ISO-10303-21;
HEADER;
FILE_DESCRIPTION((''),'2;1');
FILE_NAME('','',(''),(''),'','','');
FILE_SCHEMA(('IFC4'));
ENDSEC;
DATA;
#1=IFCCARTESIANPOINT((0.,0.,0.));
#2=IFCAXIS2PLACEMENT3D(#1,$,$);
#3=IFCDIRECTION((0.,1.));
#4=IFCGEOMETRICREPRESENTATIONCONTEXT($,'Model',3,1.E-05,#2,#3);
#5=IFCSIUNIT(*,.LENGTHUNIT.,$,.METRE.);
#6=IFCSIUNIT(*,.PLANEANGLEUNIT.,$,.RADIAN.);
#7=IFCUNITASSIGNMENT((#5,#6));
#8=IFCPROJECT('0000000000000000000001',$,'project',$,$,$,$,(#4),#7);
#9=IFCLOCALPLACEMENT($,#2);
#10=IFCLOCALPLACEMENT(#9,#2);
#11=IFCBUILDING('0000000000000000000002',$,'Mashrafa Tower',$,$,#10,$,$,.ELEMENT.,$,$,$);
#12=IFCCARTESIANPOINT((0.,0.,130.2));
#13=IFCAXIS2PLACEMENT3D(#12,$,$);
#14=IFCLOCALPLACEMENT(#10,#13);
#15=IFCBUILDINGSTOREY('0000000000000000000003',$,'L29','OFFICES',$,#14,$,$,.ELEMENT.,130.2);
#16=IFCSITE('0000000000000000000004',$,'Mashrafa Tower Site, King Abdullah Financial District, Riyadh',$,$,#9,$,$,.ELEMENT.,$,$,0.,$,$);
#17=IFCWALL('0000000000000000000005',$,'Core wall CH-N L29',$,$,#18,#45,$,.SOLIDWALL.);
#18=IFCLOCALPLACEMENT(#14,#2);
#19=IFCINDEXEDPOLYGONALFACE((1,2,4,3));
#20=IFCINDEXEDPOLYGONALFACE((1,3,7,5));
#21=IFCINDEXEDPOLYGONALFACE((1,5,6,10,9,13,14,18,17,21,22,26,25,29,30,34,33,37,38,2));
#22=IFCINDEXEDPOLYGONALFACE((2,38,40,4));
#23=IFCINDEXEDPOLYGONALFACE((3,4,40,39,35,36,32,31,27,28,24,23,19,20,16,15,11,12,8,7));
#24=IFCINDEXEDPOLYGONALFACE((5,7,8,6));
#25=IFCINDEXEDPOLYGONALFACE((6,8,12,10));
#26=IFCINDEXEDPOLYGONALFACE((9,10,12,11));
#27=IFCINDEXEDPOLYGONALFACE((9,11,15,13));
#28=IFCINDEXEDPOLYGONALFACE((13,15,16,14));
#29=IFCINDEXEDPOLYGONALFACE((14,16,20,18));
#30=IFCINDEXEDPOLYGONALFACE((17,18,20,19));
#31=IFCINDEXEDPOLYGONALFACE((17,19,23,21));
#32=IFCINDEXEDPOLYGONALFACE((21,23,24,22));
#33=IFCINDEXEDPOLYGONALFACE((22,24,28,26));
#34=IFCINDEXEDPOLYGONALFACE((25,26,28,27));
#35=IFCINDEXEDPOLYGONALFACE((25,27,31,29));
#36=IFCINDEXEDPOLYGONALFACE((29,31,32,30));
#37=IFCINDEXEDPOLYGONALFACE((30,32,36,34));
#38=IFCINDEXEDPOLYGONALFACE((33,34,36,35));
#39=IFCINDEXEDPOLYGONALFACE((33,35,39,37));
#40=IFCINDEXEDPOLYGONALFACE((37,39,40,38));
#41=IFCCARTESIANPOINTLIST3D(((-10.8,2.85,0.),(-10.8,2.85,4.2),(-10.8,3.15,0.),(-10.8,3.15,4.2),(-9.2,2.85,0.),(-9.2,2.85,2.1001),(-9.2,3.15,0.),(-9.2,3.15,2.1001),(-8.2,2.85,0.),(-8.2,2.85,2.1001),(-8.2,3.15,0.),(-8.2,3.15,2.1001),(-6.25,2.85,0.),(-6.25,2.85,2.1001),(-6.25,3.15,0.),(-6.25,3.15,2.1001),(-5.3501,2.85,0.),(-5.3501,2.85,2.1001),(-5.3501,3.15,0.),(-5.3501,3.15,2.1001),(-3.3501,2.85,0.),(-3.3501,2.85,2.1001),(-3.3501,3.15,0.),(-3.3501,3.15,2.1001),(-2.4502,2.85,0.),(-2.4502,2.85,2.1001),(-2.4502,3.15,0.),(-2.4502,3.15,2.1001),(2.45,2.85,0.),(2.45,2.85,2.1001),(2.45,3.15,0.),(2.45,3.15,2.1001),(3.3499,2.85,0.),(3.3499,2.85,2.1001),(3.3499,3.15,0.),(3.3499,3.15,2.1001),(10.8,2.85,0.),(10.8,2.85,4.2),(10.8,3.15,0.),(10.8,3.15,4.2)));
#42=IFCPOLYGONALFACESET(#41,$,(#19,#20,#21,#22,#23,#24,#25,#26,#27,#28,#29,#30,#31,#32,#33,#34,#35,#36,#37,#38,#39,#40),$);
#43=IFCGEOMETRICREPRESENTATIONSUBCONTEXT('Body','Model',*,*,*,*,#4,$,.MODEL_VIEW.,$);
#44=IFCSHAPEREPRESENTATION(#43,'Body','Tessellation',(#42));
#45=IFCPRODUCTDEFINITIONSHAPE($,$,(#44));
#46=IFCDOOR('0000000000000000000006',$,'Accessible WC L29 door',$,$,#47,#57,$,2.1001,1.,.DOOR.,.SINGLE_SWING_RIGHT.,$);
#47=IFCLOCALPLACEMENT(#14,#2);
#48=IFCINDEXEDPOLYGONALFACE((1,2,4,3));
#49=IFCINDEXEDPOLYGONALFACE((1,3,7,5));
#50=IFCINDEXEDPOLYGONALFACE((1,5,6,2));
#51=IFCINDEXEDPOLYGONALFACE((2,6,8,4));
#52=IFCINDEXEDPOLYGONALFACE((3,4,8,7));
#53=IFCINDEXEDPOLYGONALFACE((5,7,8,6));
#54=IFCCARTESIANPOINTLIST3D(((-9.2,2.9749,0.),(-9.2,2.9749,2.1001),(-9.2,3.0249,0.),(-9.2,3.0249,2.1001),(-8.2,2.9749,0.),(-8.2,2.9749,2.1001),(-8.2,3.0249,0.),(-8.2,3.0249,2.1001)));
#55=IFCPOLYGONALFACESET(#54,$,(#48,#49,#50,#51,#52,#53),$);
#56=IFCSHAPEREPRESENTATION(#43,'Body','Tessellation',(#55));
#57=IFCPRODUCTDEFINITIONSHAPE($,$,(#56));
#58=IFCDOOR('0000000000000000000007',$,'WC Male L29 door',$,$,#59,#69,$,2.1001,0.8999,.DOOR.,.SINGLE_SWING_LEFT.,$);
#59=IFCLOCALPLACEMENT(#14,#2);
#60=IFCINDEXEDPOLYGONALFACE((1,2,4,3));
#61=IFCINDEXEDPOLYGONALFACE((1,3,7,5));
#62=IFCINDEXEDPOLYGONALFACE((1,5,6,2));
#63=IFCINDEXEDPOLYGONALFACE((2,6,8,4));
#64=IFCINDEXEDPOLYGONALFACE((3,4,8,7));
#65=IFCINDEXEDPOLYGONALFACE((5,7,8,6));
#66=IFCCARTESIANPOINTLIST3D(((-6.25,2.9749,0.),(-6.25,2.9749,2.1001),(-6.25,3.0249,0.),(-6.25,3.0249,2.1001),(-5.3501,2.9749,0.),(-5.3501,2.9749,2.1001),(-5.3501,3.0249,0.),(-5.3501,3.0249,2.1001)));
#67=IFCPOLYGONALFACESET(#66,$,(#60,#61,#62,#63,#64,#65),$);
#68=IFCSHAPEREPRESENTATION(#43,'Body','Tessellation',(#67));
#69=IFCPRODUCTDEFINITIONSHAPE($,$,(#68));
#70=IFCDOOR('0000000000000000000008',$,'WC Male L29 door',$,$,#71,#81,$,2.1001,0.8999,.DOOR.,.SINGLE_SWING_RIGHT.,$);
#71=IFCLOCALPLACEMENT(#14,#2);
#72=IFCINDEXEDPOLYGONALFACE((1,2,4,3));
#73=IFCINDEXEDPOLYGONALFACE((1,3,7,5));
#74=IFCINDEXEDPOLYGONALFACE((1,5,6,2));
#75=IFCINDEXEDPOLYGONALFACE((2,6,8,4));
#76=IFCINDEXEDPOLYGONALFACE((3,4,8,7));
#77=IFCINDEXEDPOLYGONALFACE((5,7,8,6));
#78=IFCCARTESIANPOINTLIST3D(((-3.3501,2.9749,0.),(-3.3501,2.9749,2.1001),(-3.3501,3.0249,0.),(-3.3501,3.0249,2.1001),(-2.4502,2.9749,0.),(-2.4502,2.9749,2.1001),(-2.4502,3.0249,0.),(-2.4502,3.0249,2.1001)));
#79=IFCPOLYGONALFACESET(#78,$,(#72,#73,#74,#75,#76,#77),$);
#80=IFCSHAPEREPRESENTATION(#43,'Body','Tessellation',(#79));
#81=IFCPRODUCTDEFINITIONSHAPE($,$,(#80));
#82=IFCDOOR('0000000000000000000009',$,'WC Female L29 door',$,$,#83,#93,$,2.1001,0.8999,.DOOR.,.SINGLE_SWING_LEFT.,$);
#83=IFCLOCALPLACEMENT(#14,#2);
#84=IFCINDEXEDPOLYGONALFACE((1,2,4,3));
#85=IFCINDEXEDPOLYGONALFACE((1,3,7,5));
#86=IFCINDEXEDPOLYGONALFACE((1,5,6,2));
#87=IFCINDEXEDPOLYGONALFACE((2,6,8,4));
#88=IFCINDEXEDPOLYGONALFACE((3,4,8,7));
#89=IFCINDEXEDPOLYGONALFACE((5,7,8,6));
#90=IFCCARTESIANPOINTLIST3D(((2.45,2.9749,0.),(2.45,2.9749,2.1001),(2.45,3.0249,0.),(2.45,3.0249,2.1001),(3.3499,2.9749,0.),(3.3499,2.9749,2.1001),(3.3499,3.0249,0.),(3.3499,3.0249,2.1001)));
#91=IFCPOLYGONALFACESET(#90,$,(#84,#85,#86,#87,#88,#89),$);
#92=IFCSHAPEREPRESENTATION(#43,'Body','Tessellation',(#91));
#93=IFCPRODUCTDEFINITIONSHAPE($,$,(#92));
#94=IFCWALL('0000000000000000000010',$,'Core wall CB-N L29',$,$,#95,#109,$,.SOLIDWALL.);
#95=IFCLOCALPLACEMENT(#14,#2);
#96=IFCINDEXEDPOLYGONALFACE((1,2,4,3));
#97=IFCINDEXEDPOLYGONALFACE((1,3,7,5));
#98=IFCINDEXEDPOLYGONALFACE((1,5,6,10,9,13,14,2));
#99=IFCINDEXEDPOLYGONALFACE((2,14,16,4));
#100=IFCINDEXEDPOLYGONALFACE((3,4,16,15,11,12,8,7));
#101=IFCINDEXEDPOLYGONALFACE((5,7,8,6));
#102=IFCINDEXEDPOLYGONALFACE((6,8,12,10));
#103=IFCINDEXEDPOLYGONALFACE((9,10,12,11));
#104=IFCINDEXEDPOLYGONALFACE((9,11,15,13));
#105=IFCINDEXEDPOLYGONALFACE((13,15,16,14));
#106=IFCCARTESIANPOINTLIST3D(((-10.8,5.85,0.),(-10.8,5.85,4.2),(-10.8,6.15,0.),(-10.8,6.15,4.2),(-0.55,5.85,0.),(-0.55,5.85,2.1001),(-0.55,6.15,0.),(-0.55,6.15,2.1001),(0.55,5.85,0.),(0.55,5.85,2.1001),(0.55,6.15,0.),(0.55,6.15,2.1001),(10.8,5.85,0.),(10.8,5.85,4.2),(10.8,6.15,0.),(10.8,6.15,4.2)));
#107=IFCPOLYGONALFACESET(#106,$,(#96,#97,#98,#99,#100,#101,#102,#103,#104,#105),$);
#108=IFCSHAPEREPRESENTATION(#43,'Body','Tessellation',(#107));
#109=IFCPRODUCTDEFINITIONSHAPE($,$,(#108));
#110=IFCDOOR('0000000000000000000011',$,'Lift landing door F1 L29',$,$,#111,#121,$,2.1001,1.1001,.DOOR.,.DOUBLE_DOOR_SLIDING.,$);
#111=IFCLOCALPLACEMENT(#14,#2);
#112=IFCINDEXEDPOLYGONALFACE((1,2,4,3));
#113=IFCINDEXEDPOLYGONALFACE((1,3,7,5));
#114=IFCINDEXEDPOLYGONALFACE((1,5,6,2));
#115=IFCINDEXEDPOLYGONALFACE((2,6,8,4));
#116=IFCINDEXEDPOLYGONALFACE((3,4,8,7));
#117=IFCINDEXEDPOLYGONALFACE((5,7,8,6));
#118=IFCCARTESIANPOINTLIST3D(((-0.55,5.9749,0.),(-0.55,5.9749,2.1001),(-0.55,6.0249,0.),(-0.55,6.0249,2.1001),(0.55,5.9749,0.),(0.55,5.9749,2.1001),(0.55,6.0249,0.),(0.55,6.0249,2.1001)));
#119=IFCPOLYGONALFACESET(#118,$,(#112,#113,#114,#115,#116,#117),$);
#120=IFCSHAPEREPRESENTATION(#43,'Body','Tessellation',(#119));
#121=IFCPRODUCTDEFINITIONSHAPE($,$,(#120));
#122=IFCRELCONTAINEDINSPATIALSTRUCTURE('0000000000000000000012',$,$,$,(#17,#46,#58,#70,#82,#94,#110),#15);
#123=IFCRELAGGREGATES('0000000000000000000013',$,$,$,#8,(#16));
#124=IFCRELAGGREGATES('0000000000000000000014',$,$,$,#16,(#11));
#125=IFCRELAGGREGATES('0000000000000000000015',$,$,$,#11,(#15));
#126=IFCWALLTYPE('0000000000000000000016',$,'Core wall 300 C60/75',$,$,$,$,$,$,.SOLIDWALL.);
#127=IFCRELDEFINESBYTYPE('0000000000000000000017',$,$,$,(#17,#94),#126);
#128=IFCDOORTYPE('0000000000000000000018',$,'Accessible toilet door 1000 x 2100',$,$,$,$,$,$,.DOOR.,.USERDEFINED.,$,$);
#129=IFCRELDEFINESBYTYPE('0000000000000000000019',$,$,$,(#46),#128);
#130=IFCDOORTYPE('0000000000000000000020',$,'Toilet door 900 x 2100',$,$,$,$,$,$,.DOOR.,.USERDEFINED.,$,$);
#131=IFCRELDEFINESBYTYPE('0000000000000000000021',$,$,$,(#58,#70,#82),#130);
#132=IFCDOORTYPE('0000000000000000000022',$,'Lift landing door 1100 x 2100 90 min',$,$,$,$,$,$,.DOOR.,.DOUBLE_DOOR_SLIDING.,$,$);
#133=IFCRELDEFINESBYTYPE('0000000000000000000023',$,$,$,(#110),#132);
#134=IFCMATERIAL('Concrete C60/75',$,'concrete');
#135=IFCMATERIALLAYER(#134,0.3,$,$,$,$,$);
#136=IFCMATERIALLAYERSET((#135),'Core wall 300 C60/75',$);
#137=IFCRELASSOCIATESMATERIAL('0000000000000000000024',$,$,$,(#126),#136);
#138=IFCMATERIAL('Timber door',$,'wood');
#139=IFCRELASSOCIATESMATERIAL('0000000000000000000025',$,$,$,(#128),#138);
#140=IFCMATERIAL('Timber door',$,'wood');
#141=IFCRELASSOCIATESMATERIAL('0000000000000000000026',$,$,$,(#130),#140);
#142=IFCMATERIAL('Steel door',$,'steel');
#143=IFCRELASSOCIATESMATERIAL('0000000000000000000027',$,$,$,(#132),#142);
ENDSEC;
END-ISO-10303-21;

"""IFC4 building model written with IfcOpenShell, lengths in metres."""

from ifc_helpers import new_model, si_unit, direction, frame, frame_2d, origin, place, context, subcontext, project, spatial, rectangle, extrude, material, layer, layer_set, type_object, element, fill, save


model = new_model("IFC4")

# Units and contexts
model_context = context("Model", 3, precision=1e-05, world=origin(), true_north=direction((0.0, 1.0)))
body_context = subcontext(model_context, "Body", "Model", "MODEL_VIEW")
ifc_project = project(units=[si_unit("LENGTHUNIT", "METRE"), si_unit("PLANEANGLEUNIT", "RADIAN")], contexts=[model_context])

# Site, building, storey
site_placement = place(None, origin())
site = spatial("IfcSite", under=ifc_project, at=site_placement, Name="Mashrafa Tower Site, King Abdullah Financial District, Riyadh", CompositionType="ELEMENT", RefElevation=0.0)
building_placement = place(site_placement, origin())
building = spatial("IfcBuilding", under=site, at=building_placement, Name="Mashrafa Tower", CompositionType="ELEMENT")
storey_placement = place(building_placement, frame((0.0, 0.0, 130.2)))
storey = spatial("IfcBuildingStorey", under=building, at=storey_placement, Name="L29", Description="OFFICES", CompositionType="ELEMENT", Elevation=130.2)

# Wall, openings, doors
ifc_material_1 = material(Name="Concrete C60/75", Category="concrete")
ifc_layer_1 = layer(ifc_material_1, 0.3)
ifc_layer_set_1 = layer_set([ifc_layer_1], Name="Core wall 300 C60/75")
wall_type_1 = type_object("IfcWallType", Name="Core wall 300 C60/75", PredefinedType="SOLIDWALL", material=ifc_layer_set_1)
wall_1_placement = place(storey_placement, frame((-10.8, 3.0, 0.0), z_axis=(0.0, 0.0, 1.0), x_axis=(1.0, 0.0, 0.0)))
wall_1 = element("IfcWall", 1, at=wall_1_placement, inside=storey, type_object=wall_type_1, Name="Core wall CH-N L29", PredefinedType="SOLIDWALL", context=body_context, shape_type="SweptSolid", body=[
    extrude(rectangle(XDim=21.6001, YDim=0.3, at=frame_2d((10.8, 0.0))), origin(), (0.0, 0.0, 1.0), 4.2),
])
opening_1_placement = place(wall_1_placement, frame((1.6001, 0.0, 0.0)))
opening_1 = element("IfcOpeningElement", 2, at=opening_1_placement, cuts=wall_1, PredefinedType="OPENING", context=body_context, shape_type="SweptSolid", body=[
    extrude(rectangle(XDim=1.0, YDim=2.1001, at=frame_2d((0.5, 1.05))), frame((0.0, 0.1599, 0.0), z_axis=(0.0, -1.0, 0.0), x_axis=(1.0, 0.0, 0.0)), (0.0, 0.0, 1.0), 0.3201),
])
opening_2_placement = place(wall_1_placement, frame((4.55, 0.0, 0.0)))
opening_2 = element("IfcOpeningElement", 3, at=opening_2_placement, cuts=wall_1, PredefinedType="OPENING", context=body_context, shape_type="SweptSolid", body=[
    extrude(rectangle(XDim=0.8999, YDim=2.1001, at=frame_2d((0.45, 1.05))), frame((0.0, 0.1599, 0.0), z_axis=(0.0, -1.0, 0.0), x_axis=(1.0, 0.0, 0.0)), (0.0, 0.0, 1.0), 0.3201),
])
opening_3_placement = place(wall_1_placement, frame((7.45, 0.0, 0.0)))
opening_3 = element("IfcOpeningElement", 4, at=opening_3_placement, cuts=wall_1, PredefinedType="OPENING", context=body_context, shape_type="SweptSolid", body=[
    extrude(rectangle(XDim=0.8999, YDim=2.1001, at=frame_2d((0.45, 1.05))), frame((0.0, 0.1599, 0.0), z_axis=(0.0, -1.0, 0.0), x_axis=(1.0, 0.0, 0.0)), (0.0, 0.0, 1.0), 0.3201),
])
opening_4_placement = place(wall_1_placement, frame((13.25, 0.0, 0.0)))
opening_4 = element("IfcOpeningElement", 5, at=opening_4_placement, cuts=wall_1, PredefinedType="OPENING", context=body_context, shape_type="SweptSolid", body=[
    extrude(rectangle(XDim=0.8999, YDim=2.1001, at=frame_2d((0.45, 1.05))), frame((0.0, 0.1599, 0.0), z_axis=(0.0, -1.0, 0.0), x_axis=(1.0, 0.0, 0.0)), (0.0, 0.0, 1.0), 0.3201),
])
ifc_material_2 = material(Name="Timber door", Category="wood")
door_type_1 = type_object("IfcDoorType", Name="Accessible toilet door 1000 x 2100", OperationType="USERDEFINED", PredefinedType="DOOR", material=ifc_material_2)
door_1_placement = place(opening_1_placement, origin())
door_1 = element("IfcDoor", 6, at=door_1_placement, inside=storey, type_object=door_type_1, Name="Accessible WC L29 door", OperationType="SINGLE_SWING_RIGHT", OverallHeight=2.1001, OverallWidth=1.0, PredefinedType="DOOR", context=body_context, shape_type="SweptSolid", body=[
    extrude(rectangle(XDim=1.0, YDim=2.1001, at=frame_2d((0.5, 1.05))), frame((0.0, 0.0249, 0.0), z_axis=(0.0, -1.0, 0.0), x_axis=(1.0, 0.0, 0.0)), (0.0, 0.0, 1.0), 0.05),
])
fill(opening_1, door_1)
ifc_material_3 = material(Name="Timber door", Category="wood")
door_type_2 = type_object("IfcDoorType", Name="Toilet door 900 x 2100", OperationType="USERDEFINED", PredefinedType="DOOR", material=ifc_material_3)
door_2_placement = place(opening_2_placement, origin())
door_2 = element("IfcDoor", 7, at=door_2_placement, inside=storey, type_object=door_type_2, Name="WC Male L29 door", OperationType="SINGLE_SWING_LEFT", OverallHeight=2.1001, OverallWidth=0.8999, PredefinedType="DOOR", context=body_context, shape_type="SweptSolid", body=[
    extrude(rectangle(XDim=0.8999, YDim=2.1001, at=frame_2d((0.45, 1.05))), frame((0.0, 0.0249, 0.0), z_axis=(0.0, -1.0, 0.0), x_axis=(1.0, 0.0, 0.0)), (0.0, 0.0, 1.0), 0.05),
])
fill(opening_2, door_2)
door_3_placement = place(opening_3_placement, origin())
door_3 = element("IfcDoor", 8, at=door_3_placement, inside=storey, type_object=door_type_2, Name="WC Male L29 door", OperationType="SINGLE_SWING_RIGHT", OverallHeight=2.1001, OverallWidth=0.8999, PredefinedType="DOOR", context=body_context, shape_type="SweptSolid", body=[
    extrude(rectangle(XDim=0.8999, YDim=2.1001, at=frame_2d((0.45, 1.05))), frame((0.0, 0.0249, 0.0), z_axis=(0.0, -1.0, 0.0), x_axis=(1.0, 0.0, 0.0)), (0.0, 0.0, 1.0), 0.05),
])
fill(opening_3, door_3)
door_4_placement = place(opening_4_placement, origin())
door_4 = element("IfcDoor", 9, at=door_4_placement, inside=storey, type_object=door_type_2, Name="WC Female L29 door", OperationType="SINGLE_SWING_LEFT", OverallHeight=2.1001, OverallWidth=0.8999, PredefinedType="DOOR", context=body_context, shape_type="SweptSolid", body=[
    extrude(rectangle(XDim=0.8999, YDim=2.1001, at=frame_2d((0.45, 1.05))), frame((0.0, 0.0249, 0.0), z_axis=(0.0, -1.0, 0.0), x_axis=(1.0, 0.0, 0.0)), (0.0, 0.0, 1.0), 0.05),
])
fill(opening_4, door_4)

# Wall, opening, door
wall_2_placement = place(storey_placement, frame((-10.8, 6.0, 0.0), z_axis=(0.0, 0.0, 1.0), x_axis=(1.0, 0.0, 0.0)))
wall_2 = element("IfcWall", 10, at=wall_2_placement, inside=storey, type_object=wall_type_1, Name="Core wall CB-N L29", PredefinedType="SOLIDWALL", context=body_context, shape_type="SweptSolid", body=[
    extrude(rectangle(XDim=21.6001, YDim=0.3, at=frame_2d((10.8, 0.0))), origin(), (0.0, 0.0, 1.0), 4.2),
])
opening_5_placement = place(wall_2_placement, frame((10.25, 0.0, 0.0)))
opening_5 = element("IfcOpeningElement", 11, at=opening_5_placement, cuts=wall_2, PredefinedType="OPENING", context=body_context, shape_type="SweptSolid", body=[
    extrude(rectangle(XDim=1.1001, YDim=2.1001, at=frame_2d((0.55, 1.05))), frame((0.0, 0.1599, 0.0), z_axis=(0.0, -1.0, 0.0), x_axis=(1.0, 0.0, 0.0)), (0.0, 0.0, 1.0), 0.3201),
])
ifc_material_4 = material(Name="Steel door", Category="steel")
door_type_3 = type_object("IfcDoorType", Name="Lift landing door 1100 x 2100 90 min", OperationType="DOUBLE_DOOR_SLIDING", PredefinedType="DOOR", material=ifc_material_4)
door_5_placement = place(opening_5_placement, origin())
door_5 = element("IfcDoor", 12, at=door_5_placement, inside=storey, type_object=door_type_3, Name="Lift landing door F1 L29", OperationType="DOUBLE_DOOR_SLIDING", OverallHeight=2.1001, OverallWidth=1.1001, PredefinedType="DOOR", context=body_context, shape_type="SweptSolid", body=[
    extrude(rectangle(XDim=1.1001, YDim=2.1001, at=frame_2d((0.55, 1.05))), frame((0.0, 0.0249, 0.0), z_axis=(0.0, -1.0, 0.0), x_axis=(1.0, 0.0, 0.0)), (0.0, 0.0, 1.0), 0.05),
])
fill(opening_5, door_5)

save(model, "model.ifc")
